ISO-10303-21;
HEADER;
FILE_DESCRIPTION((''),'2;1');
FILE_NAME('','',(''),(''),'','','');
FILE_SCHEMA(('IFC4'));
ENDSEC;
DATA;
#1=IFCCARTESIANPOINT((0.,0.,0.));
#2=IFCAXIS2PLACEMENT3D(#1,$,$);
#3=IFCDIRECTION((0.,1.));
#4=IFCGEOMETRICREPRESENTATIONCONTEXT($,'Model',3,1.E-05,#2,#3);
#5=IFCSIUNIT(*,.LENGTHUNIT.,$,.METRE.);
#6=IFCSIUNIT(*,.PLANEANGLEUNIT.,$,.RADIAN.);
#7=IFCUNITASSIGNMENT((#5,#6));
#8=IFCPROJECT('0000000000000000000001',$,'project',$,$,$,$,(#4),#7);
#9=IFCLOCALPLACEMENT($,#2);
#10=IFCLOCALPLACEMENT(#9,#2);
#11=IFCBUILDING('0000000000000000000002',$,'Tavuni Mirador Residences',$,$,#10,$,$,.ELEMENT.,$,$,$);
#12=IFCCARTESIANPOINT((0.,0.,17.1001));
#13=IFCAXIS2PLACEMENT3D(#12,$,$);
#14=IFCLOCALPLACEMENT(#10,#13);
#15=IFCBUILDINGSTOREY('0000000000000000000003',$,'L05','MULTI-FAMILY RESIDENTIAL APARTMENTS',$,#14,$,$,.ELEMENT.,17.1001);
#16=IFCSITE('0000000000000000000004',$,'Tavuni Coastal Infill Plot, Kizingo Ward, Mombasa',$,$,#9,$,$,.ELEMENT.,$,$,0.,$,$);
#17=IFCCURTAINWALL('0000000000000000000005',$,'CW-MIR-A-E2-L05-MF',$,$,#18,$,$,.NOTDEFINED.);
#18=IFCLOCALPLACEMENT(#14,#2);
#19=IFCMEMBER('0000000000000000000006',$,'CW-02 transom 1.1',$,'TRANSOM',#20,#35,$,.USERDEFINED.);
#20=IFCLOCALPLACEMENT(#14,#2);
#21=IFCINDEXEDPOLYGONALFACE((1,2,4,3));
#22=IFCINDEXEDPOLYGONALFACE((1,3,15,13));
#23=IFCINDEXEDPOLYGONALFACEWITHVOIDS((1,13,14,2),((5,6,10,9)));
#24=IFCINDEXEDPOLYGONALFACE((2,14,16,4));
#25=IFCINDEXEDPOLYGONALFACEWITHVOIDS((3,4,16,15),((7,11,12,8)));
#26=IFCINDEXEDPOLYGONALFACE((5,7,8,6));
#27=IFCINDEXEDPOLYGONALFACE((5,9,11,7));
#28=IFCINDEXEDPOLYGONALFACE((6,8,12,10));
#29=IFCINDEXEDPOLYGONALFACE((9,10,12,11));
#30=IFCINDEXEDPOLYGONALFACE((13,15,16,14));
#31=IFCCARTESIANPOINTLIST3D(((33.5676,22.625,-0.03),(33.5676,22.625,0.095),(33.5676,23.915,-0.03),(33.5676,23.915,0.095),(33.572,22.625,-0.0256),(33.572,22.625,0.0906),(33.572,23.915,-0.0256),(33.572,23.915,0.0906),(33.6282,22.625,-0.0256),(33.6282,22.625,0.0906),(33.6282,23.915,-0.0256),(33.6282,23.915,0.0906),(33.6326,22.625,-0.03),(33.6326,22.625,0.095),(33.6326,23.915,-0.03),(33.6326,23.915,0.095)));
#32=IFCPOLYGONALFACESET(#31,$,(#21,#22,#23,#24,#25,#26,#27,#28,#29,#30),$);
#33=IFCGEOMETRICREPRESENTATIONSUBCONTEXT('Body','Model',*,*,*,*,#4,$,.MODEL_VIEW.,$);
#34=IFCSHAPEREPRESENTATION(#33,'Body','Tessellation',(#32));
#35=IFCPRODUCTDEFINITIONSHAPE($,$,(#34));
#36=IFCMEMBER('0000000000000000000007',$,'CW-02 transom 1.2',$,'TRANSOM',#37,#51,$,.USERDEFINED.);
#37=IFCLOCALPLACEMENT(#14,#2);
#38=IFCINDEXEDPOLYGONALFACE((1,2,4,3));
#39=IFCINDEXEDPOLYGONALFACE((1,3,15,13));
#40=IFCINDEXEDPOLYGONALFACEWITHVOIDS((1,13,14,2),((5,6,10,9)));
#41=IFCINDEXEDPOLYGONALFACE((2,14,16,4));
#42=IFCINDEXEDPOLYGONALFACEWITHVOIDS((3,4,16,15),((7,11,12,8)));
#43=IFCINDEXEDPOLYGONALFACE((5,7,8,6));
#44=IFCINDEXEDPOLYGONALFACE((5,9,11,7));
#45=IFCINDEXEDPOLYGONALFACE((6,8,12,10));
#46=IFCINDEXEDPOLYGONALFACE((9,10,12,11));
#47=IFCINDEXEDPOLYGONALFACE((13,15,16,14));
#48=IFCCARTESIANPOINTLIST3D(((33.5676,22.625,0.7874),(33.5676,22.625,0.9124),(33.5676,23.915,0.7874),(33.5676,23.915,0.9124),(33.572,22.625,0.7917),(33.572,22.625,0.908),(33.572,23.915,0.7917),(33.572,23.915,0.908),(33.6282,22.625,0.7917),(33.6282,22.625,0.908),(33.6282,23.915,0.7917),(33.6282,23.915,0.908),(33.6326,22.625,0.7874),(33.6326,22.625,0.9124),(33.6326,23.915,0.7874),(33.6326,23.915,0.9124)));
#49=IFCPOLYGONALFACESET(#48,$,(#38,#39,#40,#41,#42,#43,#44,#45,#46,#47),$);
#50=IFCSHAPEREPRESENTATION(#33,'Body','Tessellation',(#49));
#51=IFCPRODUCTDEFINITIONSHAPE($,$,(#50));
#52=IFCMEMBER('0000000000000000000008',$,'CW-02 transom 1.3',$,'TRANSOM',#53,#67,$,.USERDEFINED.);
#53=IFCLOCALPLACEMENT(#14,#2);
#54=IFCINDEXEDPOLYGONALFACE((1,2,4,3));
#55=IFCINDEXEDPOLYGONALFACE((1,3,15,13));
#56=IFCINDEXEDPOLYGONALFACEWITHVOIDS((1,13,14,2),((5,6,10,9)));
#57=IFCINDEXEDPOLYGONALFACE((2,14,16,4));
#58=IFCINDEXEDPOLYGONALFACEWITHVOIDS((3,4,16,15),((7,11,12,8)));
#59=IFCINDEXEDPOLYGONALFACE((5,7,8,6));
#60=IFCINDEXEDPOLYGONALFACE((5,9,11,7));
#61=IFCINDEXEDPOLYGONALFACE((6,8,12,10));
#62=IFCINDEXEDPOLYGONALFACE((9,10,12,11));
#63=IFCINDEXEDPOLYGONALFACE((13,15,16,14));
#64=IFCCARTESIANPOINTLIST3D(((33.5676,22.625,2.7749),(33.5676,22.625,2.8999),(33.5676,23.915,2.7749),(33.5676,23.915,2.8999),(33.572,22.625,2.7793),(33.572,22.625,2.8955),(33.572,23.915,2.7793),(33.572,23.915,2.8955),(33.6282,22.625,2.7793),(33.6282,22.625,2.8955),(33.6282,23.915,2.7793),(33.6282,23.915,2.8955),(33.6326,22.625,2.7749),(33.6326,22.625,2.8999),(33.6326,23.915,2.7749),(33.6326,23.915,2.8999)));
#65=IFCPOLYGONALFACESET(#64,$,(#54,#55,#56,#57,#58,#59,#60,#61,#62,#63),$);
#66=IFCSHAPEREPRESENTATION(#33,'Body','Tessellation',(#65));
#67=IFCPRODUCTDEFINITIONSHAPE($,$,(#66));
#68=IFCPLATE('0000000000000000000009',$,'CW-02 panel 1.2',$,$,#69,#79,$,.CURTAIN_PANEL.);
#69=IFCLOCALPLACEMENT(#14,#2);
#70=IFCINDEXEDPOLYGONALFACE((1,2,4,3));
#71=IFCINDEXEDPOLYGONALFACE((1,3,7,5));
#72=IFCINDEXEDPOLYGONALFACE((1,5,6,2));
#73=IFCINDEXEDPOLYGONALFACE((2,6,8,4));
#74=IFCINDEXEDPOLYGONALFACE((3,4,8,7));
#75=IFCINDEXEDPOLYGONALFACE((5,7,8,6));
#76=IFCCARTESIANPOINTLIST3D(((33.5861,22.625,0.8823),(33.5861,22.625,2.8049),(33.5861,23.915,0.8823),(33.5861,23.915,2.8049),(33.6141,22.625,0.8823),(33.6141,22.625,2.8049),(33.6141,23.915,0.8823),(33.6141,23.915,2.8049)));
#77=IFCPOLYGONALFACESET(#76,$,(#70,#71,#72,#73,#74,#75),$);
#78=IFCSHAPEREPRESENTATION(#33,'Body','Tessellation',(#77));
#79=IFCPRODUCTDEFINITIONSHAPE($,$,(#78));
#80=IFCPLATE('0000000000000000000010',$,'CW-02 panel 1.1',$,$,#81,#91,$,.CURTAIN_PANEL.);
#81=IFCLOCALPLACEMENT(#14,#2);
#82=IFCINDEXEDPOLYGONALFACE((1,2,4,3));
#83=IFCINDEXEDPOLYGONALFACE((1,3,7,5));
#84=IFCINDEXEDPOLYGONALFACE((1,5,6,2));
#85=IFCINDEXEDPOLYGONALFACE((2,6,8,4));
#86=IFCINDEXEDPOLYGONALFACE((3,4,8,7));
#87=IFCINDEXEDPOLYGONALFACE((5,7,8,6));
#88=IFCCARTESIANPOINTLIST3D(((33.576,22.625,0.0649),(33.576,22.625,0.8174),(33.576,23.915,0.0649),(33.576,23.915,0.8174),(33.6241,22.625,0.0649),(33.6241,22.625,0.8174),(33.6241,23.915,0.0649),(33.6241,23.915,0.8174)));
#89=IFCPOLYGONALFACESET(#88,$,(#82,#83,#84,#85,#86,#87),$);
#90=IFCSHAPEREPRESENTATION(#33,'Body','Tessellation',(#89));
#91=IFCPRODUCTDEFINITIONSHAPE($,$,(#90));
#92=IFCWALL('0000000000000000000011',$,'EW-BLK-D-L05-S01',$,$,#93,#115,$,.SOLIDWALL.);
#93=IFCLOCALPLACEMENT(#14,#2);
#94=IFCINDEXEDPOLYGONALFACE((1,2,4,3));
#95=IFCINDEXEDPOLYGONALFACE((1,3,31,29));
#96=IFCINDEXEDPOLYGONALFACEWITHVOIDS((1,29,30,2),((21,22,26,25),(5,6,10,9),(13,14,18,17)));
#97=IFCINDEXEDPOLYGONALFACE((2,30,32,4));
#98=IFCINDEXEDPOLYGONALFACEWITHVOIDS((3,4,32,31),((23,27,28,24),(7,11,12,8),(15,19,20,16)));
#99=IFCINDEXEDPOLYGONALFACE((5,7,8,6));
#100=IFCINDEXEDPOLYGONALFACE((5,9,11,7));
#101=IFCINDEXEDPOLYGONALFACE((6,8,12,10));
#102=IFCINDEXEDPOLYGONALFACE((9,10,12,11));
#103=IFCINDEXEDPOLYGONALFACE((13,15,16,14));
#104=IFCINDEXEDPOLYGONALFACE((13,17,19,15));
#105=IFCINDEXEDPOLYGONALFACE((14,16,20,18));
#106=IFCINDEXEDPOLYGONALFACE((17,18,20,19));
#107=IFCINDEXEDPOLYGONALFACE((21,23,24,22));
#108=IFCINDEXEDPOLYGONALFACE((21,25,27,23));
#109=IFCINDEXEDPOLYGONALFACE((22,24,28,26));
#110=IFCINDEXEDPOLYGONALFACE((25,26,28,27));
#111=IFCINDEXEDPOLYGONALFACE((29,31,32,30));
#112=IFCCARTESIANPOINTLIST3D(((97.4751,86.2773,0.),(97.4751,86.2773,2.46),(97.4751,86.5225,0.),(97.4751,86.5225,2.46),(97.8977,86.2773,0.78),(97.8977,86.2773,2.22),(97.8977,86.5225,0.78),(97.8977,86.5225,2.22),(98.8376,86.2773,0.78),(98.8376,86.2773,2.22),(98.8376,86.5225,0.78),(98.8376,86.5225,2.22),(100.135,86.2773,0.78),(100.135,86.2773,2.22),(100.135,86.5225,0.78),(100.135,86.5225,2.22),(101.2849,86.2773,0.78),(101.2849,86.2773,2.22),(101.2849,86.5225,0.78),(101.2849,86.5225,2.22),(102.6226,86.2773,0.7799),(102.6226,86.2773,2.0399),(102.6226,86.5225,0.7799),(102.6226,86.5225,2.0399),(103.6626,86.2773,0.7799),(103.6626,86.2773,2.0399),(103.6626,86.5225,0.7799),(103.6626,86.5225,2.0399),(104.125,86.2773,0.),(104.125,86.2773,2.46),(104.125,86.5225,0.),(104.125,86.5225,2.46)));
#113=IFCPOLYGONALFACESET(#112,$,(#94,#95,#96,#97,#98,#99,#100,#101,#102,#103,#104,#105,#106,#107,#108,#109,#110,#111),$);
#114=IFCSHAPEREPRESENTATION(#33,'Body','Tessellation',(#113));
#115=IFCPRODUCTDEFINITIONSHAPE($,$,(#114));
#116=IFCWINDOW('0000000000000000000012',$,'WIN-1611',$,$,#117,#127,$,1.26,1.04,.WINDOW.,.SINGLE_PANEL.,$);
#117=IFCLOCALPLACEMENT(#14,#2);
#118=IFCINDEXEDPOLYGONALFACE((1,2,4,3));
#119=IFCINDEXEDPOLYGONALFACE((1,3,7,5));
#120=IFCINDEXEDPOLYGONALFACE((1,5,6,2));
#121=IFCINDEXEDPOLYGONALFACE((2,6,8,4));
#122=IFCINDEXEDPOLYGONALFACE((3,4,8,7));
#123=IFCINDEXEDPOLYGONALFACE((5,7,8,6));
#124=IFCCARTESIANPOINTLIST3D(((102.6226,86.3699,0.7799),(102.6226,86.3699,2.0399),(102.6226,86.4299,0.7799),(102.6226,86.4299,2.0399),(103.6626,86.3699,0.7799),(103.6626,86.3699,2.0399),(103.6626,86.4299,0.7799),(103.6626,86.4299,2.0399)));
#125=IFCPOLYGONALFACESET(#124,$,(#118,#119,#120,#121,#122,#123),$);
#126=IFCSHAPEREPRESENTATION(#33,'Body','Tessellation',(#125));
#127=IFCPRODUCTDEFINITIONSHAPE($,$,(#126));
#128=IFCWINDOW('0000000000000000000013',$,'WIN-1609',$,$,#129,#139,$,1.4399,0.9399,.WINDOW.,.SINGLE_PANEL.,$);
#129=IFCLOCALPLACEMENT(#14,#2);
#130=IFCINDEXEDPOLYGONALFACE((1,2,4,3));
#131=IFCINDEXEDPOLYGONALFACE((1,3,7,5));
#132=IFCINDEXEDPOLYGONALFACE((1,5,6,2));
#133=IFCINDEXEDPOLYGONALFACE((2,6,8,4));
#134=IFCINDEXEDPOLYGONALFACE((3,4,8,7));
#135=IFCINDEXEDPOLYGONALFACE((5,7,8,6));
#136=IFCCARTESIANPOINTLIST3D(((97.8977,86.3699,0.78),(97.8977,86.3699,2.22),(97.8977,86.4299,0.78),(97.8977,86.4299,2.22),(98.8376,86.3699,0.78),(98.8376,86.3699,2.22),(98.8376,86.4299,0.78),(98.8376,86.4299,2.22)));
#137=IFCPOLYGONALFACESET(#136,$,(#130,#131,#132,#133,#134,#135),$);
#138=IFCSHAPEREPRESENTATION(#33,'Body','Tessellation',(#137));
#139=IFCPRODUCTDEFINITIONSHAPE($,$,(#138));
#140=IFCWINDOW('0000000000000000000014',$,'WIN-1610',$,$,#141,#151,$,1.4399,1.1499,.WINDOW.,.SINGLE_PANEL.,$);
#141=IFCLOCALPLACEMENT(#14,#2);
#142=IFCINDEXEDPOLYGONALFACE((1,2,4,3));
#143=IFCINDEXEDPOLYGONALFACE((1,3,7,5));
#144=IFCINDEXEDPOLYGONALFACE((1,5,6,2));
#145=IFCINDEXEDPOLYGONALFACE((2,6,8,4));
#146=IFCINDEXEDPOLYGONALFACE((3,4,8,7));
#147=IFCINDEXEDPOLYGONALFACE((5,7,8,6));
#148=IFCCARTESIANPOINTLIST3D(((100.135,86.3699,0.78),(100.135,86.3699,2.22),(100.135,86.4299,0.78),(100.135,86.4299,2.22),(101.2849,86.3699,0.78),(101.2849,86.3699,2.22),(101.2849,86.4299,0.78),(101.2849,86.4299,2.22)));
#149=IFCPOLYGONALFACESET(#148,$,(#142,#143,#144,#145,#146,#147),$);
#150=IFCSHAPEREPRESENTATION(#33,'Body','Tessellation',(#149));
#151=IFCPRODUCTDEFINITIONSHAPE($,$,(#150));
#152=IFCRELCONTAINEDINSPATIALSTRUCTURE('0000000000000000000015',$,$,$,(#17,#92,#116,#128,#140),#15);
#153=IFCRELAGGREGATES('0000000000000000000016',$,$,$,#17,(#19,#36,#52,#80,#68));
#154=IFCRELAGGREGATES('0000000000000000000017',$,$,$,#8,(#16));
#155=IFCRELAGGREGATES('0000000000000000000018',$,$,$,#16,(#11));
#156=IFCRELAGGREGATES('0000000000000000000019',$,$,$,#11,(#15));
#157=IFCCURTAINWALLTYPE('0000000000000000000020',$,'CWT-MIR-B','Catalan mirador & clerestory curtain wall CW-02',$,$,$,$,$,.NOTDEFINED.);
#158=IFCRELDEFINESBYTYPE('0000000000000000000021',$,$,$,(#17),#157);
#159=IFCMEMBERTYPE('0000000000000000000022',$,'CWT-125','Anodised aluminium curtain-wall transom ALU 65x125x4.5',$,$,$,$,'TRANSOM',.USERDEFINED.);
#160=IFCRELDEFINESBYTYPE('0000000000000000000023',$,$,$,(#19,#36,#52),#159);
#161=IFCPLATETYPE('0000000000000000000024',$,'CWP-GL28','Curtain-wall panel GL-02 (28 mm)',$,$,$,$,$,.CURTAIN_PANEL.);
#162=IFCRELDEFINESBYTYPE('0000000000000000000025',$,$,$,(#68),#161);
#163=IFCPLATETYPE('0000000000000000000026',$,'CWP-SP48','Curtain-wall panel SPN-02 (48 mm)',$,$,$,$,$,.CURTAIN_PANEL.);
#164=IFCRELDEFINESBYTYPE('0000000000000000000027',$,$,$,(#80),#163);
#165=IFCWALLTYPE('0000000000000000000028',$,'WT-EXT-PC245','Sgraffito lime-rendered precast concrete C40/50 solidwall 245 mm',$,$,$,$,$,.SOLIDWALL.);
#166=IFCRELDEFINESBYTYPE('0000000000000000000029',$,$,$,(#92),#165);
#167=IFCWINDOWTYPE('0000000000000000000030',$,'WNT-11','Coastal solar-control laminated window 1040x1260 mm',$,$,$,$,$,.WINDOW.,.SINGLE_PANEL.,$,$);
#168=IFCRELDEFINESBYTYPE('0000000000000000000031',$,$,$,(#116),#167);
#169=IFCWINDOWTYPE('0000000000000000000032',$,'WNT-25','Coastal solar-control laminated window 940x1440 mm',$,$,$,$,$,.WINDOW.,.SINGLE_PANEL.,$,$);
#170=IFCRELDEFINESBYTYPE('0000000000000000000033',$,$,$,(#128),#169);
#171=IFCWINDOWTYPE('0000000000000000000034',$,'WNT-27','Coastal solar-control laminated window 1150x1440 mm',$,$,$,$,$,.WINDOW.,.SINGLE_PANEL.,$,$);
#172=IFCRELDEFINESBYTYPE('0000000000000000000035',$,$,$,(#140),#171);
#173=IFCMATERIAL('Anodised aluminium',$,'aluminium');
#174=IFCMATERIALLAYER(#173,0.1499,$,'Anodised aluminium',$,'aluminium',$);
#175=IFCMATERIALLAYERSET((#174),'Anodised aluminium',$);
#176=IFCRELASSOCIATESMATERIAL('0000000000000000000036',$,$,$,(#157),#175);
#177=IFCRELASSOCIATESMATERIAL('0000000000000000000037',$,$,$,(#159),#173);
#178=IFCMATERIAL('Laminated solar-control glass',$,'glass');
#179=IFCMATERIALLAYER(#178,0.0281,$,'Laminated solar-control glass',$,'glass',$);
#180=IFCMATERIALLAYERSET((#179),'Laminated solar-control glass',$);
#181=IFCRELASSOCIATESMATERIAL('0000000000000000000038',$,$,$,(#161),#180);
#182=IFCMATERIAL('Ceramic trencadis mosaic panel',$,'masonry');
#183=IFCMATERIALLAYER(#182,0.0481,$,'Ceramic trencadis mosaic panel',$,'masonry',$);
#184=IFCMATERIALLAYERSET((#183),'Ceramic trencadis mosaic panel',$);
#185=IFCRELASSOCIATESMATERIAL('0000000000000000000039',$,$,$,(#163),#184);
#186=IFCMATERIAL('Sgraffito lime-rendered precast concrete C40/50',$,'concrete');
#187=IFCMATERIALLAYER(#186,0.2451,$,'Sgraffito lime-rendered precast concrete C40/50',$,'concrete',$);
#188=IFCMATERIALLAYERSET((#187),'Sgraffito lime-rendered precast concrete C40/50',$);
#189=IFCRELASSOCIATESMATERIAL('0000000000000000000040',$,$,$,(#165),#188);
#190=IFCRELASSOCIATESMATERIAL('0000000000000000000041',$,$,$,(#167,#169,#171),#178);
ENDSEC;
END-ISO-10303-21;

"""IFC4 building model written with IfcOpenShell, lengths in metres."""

from ifc_helpers import new_model, si_unit, direction, frame, frame_2d, origin, origin_2d, place, context, subcontext, project, spatial, rectangle, hollow_rectangle, extrude, material, layer, layer_set, material_profile, profile_set, type_object, element, fill, aggregate, save


model = new_model("IFC4")

# Units and contexts
model_context = context("Model", 3, precision=1e-05, world=origin(), true_north=direction((0.0, 1.0)))
body_context = subcontext(model_context, "Body", "Model", "MODEL_VIEW")
ifc_project = project(units=[si_unit("LENGTHUNIT", "METRE"), si_unit("PLANEANGLEUNIT", "RADIAN")], contexts=[model_context])

# Site, building, storey
site_placement = place(None, origin())
site = spatial("IfcSite", under=ifc_project, at=site_placement, Name="Tavuni Coastal Infill Plot, Kizingo Ward, Mombasa", CompositionType="ELEMENT", RefElevation=0.0)
building_placement = place(site_placement, origin())
building = spatial("IfcBuilding", under=site, at=building_placement, Name="Tavuni Mirador Residences", CompositionType="ELEMENT")
storey_placement = place(building_placement, frame((0.0, 0.0, 17.1001)))
storey = spatial("IfcBuildingStorey", under=building, at=storey_placement, Name="L05", Description="MULTI-FAMILY RESIDENTIAL APARTMENTS", CompositionType="ELEMENT", Elevation=17.1001)

# Curtain wall
ifc_material_1 = material(Name="Anodised aluminium", Category="aluminium")
ifc_layer_1 = layer(ifc_material_1, 0.1499, Name="Anodised aluminium", Category="aluminium")
ifc_layer_set_1 = layer_set([ifc_layer_1], Name="Anodised aluminium")
curtain_wall_type_1 = type_object("IfcCurtainWallType", Name="CWT-MIR-B", Description="Catalan mirador & clerestory curtain wall CW-02", PredefinedType="NOTDEFINED", material=ifc_layer_set_1)
curtain_wall_1_placement = place(storey_placement, origin())
curtain_wall_1 = element("IfcCurtainWall", 1, at=curtain_wall_1_placement, inside=storey, type_object=curtain_wall_type_1, Name="CW-MIR-A-E2-L05-MF", PredefinedType="NOTDEFINED")

# Members
ifc_material_profile_1 = material_profile(ifc_material_1, hollow_rectangle(XDim=0.0649, YDim=0.125, WallThickness=0.0044, at=origin_2d()), Name="ALU 65x125x4.5", Category="aluminium")
ifc_profile_set_1 = profile_set([ifc_material_profile_1], Name="Anodised aluminium")
member_type_1 = type_object("IfcMemberType", Name="CWT-125", Description="Anodised aluminium curtain-wall transom ALU 65x125x4.5", ElementType="TRANSOM", PredefinedType="USERDEFINED", material=ifc_profile_set_1)
member_1_placement = place(storey_placement, frame((33.6001, 22.625, 0.0325), z_axis=(0.0, 1.0, 0.0), x_axis=(-1.0, 0.0, 0.0)))
member_1 = element("IfcMember", 2, at=member_1_placement, type_object=member_type_1, Name="CW-02 transom 1.1", ObjectType="TRANSOM", PredefinedType="USERDEFINED", context=body_context, shape_type="SweptSolid", body=[
    extrude(hollow_rectangle(XDim=0.0649, YDim=0.125, WallThickness=0.0044, at=origin_2d()), origin(), (0.0, 0.0, 1.0), 1.29),
])
member_2_placement = place(storey_placement, frame((33.6001, 22.625, 0.8499), z_axis=(0.0, 1.0, 0.0), x_axis=(-1.0, 0.0, 0.0)))
member_2 = element("IfcMember", 3, at=member_2_placement, type_object=member_type_1, Name="CW-02 transom 1.2", ObjectType="TRANSOM", PredefinedType="USERDEFINED", context=body_context, shape_type="SweptSolid", body=[
    extrude(hollow_rectangle(XDim=0.0649, YDim=0.125, WallThickness=0.0044, at=origin_2d()), origin(), (0.0, 0.0, 1.0), 1.29),
])
member_3_placement = place(storey_placement, frame((33.6001, 22.625, 2.8374), z_axis=(0.0, 1.0, 0.0), x_axis=(-1.0, 0.0, 0.0)))
member_3 = element("IfcMember", 4, at=member_3_placement, type_object=member_type_1, Name="CW-02 transom 1.3", ObjectType="TRANSOM", PredefinedType="USERDEFINED", context=body_context, shape_type="SweptSolid", body=[
    extrude(hollow_rectangle(XDim=0.0649, YDim=0.125, WallThickness=0.0044, at=origin_2d()), origin(), (0.0, 0.0, 1.0), 1.29),
])

# Plates
ifc_material_2 = material(Name="Laminated solar-control glass", Category="glass")
ifc_layer_2 = layer(ifc_material_2, 0.0281, Name="Laminated solar-control glass", Category="glass")
ifc_layer_set_2 = layer_set([ifc_layer_2], Name="Laminated solar-control glass")
plate_type_1 = type_object("IfcPlateType", Name="CWP-GL28", Description="Curtain-wall panel GL-02 (28 mm)", PredefinedType="CURTAIN_PANEL", material=ifc_layer_set_2)
plate_1_placement = place(storey_placement, frame((33.6001, 23.27, 0.8823), z_axis=(0.0, 0.0, 1.0), x_axis=(0.0, 1.0, 0.0)))
plate_1 = element("IfcPlate", 5, at=plate_1_placement, type_object=plate_type_1, Name="CW-02 panel 1.2", PredefinedType="CURTAIN_PANEL", context=body_context, shape_type="SweptSolid", body=[
    extrude(rectangle(XDim=1.29, YDim=0.0281, at=origin_2d()), origin(), (0.0, 0.0, 1.0), 1.9226),
])
ifc_material_3 = material(Name="Ceramic trencadis mosaic panel", Category="masonry")
ifc_layer_3 = layer(ifc_material_3, 0.0481, Name="Ceramic trencadis mosaic panel", Category="masonry")
ifc_layer_set_3 = layer_set([ifc_layer_3], Name="Ceramic trencadis mosaic panel")
plate_type_2 = type_object("IfcPlateType", Name="CWP-SP48", Description="Curtain-wall panel SPN-02 (48 mm)", PredefinedType="CURTAIN_PANEL", material=ifc_layer_set_3)
plate_2_placement = place(storey_placement, frame((33.6001, 23.27, 0.0649), z_axis=(0.0, 0.0, 1.0), x_axis=(0.0, 1.0, 0.0)))
plate_2 = element("IfcPlate", 6, at=plate_2_placement, type_object=plate_type_2, Name="CW-02 panel 1.1", PredefinedType="CURTAIN_PANEL", context=body_context, shape_type="SweptSolid", body=[
    extrude(rectangle(XDim=1.29, YDim=0.0481, at=origin_2d()), origin(), (0.0, 0.0, 1.0), 0.7524),
])
aggregate(curtain_wall_1, [member_1, member_2, member_3, plate_2, plate_1])

# Wall, openings, windows
ifc_material_4 = material(Name="Sgraffito lime-rendered precast concrete C40/50", Category="concrete")
ifc_layer_4 = layer(ifc_material_4, 0.2451, Name="Sgraffito lime-rendered precast concrete C40/50", Category="concrete")
ifc_layer_set_4 = layer_set([ifc_layer_4], Name="Sgraffito lime-rendered precast concrete C40/50")
wall_type_1 = type_object("IfcWallType", Name="WT-EXT-PC245", Description="Sgraffito lime-rendered precast concrete C40/50 solidwall 245 mm", PredefinedType="SOLIDWALL", material=ifc_layer_set_4)
wall_1_placement = place(storey_placement, frame((97.4751, 86.3999, 0.0), z_axis=(0.0, 0.0, 1.0), x_axis=(1.0, 0.0, 0.0)))
wall_1 = element("IfcWall", 7, at=wall_1_placement, inside=storey, type_object=wall_type_1, Name="EW-BLK-D-L05-S01", PredefinedType="SOLIDWALL", context=body_context, shape_type="SweptSolid", body=[
    extrude(rectangle(XDim=6.6499, YDim=0.2451, at=frame_2d((3.325, 0.0))), origin(), (0.0, 0.0, 1.0), 2.46),
])
opening_1_placement = place(wall_1_placement, frame((0.4226, 0.0, 0.78)))
opening_1 = element("IfcOpeningElement", 8, at=opening_1_placement, cuts=wall_1, PredefinedType="OPENING", context=body_context, shape_type="SweptSolid", body=[
    extrude(rectangle(XDim=0.9399, YDim=1.4399, at=frame_2d((0.47, 0.72))), frame((0.0, 0.1326, 0.0), z_axis=(0.0, -1.0, 0.0), x_axis=(1.0, 0.0, 0.0)), (0.0, 0.0, 1.0), 0.2651),
])
opening_2_placement = place(wall_1_placement, frame((2.6599, 0.0, 0.78)))
opening_2 = element("IfcOpeningElement", 9, at=opening_2_placement, cuts=wall_1, PredefinedType="OPENING", context=body_context, shape_type="SweptSolid", body=[
    extrude(rectangle(XDim=1.1499, YDim=1.4399, at=frame_2d((0.575, 0.72))), frame((0.0, 0.1326, 0.0), z_axis=(0.0, -1.0, 0.0), x_axis=(1.0, 0.0, 0.0)), (0.0, 0.0, 1.0), 0.2651),
])
opening_3_placement = place(wall_1_placement, frame((5.1475, 0.0, 0.78)))
opening_3 = element("IfcOpeningElement", 10, at=opening_3_placement, cuts=wall_1, PredefinedType="OPENING", context=body_context, shape_type="SweptSolid", body=[
    extrude(rectangle(XDim=1.04, YDim=1.26, at=frame_2d((0.52, 0.6299))), frame((0.0, 0.1326, 0.0), z_axis=(0.0, -1.0, 0.0), x_axis=(1.0, 0.0, 0.0)), (0.0, 0.0, 1.0), 0.2651),
])
window_type_1 = type_object("IfcWindowType", Name="WNT-11", Description="Coastal solar-control laminated window 1040x1260 mm", PartitioningType="SINGLE_PANEL", PredefinedType="WINDOW", material=ifc_material_2)
window_1_placement = place(opening_3_placement, origin())
window_1 = element("IfcWindow", 11, at=window_1_placement, inside=storey, type_object=window_type_1, Name="WIN-1611", OverallHeight=1.26, OverallWidth=1.04, PartitioningType="SINGLE_PANEL", PredefinedType="WINDOW", context=body_context, shape_type="SweptSolid", body=[
    extrude(rectangle(XDim=1.04, YDim=1.26, at=frame_2d((0.52, 0.6299))), frame((0.0, 0.03, 0.0), z_axis=(0.0, -1.0, 0.0), x_axis=(1.0, 0.0, 0.0)), (0.0, 0.0, 1.0), 0.0601),
])
fill(opening_3, window_1)
window_type_2 = type_object("IfcWindowType", Name="WNT-25", Description="Coastal solar-control laminated window 940x1440 mm", PartitioningType="SINGLE_PANEL", PredefinedType="WINDOW", material=ifc_material_2)
window_2_placement = place(opening_1_placement, origin())
window_2 = element("IfcWindow", 12, at=window_2_placement, inside=storey, type_object=window_type_2, Name="WIN-1609", OverallHeight=1.4399, OverallWidth=0.9399, PartitioningType="SINGLE_PANEL", PredefinedType="WINDOW", context=body_context, shape_type="SweptSolid", body=[
    extrude(rectangle(XDim=0.9399, YDim=1.4399, at=frame_2d((0.47, 0.72))), frame((0.0, 0.03, 0.0), z_axis=(0.0, -1.0, 0.0), x_axis=(1.0, 0.0, 0.0)), (0.0, 0.0, 1.0), 0.0601),
])
fill(opening_1, window_2)
window_type_3 = type_object("IfcWindowType", Name="WNT-27", Description="Coastal solar-control laminated window 1150x1440 mm", PartitioningType="SINGLE_PANEL", PredefinedType="WINDOW", material=ifc_material_2)
window_3_placement = place(opening_2_placement, origin())
window_3 = element("IfcWindow", 13, at=window_3_placement, inside=storey, type_object=window_type_3, Name="WIN-1610", OverallHeight=1.4399, OverallWidth=1.1499, PartitioningType="SINGLE_PANEL", PredefinedType="WINDOW", context=body_context, shape_type="SweptSolid", body=[
    extrude(rectangle(XDim=1.1499, YDim=1.4399, at=frame_2d((0.575, 0.72))), frame((0.0, 0.03, 0.0), z_axis=(0.0, -1.0, 0.0), x_axis=(1.0, 0.0, 0.0)), (0.0, 0.0, 1.0), 0.0601),
])
fill(opening_2, window_3)

save(model, "model.ifc")
